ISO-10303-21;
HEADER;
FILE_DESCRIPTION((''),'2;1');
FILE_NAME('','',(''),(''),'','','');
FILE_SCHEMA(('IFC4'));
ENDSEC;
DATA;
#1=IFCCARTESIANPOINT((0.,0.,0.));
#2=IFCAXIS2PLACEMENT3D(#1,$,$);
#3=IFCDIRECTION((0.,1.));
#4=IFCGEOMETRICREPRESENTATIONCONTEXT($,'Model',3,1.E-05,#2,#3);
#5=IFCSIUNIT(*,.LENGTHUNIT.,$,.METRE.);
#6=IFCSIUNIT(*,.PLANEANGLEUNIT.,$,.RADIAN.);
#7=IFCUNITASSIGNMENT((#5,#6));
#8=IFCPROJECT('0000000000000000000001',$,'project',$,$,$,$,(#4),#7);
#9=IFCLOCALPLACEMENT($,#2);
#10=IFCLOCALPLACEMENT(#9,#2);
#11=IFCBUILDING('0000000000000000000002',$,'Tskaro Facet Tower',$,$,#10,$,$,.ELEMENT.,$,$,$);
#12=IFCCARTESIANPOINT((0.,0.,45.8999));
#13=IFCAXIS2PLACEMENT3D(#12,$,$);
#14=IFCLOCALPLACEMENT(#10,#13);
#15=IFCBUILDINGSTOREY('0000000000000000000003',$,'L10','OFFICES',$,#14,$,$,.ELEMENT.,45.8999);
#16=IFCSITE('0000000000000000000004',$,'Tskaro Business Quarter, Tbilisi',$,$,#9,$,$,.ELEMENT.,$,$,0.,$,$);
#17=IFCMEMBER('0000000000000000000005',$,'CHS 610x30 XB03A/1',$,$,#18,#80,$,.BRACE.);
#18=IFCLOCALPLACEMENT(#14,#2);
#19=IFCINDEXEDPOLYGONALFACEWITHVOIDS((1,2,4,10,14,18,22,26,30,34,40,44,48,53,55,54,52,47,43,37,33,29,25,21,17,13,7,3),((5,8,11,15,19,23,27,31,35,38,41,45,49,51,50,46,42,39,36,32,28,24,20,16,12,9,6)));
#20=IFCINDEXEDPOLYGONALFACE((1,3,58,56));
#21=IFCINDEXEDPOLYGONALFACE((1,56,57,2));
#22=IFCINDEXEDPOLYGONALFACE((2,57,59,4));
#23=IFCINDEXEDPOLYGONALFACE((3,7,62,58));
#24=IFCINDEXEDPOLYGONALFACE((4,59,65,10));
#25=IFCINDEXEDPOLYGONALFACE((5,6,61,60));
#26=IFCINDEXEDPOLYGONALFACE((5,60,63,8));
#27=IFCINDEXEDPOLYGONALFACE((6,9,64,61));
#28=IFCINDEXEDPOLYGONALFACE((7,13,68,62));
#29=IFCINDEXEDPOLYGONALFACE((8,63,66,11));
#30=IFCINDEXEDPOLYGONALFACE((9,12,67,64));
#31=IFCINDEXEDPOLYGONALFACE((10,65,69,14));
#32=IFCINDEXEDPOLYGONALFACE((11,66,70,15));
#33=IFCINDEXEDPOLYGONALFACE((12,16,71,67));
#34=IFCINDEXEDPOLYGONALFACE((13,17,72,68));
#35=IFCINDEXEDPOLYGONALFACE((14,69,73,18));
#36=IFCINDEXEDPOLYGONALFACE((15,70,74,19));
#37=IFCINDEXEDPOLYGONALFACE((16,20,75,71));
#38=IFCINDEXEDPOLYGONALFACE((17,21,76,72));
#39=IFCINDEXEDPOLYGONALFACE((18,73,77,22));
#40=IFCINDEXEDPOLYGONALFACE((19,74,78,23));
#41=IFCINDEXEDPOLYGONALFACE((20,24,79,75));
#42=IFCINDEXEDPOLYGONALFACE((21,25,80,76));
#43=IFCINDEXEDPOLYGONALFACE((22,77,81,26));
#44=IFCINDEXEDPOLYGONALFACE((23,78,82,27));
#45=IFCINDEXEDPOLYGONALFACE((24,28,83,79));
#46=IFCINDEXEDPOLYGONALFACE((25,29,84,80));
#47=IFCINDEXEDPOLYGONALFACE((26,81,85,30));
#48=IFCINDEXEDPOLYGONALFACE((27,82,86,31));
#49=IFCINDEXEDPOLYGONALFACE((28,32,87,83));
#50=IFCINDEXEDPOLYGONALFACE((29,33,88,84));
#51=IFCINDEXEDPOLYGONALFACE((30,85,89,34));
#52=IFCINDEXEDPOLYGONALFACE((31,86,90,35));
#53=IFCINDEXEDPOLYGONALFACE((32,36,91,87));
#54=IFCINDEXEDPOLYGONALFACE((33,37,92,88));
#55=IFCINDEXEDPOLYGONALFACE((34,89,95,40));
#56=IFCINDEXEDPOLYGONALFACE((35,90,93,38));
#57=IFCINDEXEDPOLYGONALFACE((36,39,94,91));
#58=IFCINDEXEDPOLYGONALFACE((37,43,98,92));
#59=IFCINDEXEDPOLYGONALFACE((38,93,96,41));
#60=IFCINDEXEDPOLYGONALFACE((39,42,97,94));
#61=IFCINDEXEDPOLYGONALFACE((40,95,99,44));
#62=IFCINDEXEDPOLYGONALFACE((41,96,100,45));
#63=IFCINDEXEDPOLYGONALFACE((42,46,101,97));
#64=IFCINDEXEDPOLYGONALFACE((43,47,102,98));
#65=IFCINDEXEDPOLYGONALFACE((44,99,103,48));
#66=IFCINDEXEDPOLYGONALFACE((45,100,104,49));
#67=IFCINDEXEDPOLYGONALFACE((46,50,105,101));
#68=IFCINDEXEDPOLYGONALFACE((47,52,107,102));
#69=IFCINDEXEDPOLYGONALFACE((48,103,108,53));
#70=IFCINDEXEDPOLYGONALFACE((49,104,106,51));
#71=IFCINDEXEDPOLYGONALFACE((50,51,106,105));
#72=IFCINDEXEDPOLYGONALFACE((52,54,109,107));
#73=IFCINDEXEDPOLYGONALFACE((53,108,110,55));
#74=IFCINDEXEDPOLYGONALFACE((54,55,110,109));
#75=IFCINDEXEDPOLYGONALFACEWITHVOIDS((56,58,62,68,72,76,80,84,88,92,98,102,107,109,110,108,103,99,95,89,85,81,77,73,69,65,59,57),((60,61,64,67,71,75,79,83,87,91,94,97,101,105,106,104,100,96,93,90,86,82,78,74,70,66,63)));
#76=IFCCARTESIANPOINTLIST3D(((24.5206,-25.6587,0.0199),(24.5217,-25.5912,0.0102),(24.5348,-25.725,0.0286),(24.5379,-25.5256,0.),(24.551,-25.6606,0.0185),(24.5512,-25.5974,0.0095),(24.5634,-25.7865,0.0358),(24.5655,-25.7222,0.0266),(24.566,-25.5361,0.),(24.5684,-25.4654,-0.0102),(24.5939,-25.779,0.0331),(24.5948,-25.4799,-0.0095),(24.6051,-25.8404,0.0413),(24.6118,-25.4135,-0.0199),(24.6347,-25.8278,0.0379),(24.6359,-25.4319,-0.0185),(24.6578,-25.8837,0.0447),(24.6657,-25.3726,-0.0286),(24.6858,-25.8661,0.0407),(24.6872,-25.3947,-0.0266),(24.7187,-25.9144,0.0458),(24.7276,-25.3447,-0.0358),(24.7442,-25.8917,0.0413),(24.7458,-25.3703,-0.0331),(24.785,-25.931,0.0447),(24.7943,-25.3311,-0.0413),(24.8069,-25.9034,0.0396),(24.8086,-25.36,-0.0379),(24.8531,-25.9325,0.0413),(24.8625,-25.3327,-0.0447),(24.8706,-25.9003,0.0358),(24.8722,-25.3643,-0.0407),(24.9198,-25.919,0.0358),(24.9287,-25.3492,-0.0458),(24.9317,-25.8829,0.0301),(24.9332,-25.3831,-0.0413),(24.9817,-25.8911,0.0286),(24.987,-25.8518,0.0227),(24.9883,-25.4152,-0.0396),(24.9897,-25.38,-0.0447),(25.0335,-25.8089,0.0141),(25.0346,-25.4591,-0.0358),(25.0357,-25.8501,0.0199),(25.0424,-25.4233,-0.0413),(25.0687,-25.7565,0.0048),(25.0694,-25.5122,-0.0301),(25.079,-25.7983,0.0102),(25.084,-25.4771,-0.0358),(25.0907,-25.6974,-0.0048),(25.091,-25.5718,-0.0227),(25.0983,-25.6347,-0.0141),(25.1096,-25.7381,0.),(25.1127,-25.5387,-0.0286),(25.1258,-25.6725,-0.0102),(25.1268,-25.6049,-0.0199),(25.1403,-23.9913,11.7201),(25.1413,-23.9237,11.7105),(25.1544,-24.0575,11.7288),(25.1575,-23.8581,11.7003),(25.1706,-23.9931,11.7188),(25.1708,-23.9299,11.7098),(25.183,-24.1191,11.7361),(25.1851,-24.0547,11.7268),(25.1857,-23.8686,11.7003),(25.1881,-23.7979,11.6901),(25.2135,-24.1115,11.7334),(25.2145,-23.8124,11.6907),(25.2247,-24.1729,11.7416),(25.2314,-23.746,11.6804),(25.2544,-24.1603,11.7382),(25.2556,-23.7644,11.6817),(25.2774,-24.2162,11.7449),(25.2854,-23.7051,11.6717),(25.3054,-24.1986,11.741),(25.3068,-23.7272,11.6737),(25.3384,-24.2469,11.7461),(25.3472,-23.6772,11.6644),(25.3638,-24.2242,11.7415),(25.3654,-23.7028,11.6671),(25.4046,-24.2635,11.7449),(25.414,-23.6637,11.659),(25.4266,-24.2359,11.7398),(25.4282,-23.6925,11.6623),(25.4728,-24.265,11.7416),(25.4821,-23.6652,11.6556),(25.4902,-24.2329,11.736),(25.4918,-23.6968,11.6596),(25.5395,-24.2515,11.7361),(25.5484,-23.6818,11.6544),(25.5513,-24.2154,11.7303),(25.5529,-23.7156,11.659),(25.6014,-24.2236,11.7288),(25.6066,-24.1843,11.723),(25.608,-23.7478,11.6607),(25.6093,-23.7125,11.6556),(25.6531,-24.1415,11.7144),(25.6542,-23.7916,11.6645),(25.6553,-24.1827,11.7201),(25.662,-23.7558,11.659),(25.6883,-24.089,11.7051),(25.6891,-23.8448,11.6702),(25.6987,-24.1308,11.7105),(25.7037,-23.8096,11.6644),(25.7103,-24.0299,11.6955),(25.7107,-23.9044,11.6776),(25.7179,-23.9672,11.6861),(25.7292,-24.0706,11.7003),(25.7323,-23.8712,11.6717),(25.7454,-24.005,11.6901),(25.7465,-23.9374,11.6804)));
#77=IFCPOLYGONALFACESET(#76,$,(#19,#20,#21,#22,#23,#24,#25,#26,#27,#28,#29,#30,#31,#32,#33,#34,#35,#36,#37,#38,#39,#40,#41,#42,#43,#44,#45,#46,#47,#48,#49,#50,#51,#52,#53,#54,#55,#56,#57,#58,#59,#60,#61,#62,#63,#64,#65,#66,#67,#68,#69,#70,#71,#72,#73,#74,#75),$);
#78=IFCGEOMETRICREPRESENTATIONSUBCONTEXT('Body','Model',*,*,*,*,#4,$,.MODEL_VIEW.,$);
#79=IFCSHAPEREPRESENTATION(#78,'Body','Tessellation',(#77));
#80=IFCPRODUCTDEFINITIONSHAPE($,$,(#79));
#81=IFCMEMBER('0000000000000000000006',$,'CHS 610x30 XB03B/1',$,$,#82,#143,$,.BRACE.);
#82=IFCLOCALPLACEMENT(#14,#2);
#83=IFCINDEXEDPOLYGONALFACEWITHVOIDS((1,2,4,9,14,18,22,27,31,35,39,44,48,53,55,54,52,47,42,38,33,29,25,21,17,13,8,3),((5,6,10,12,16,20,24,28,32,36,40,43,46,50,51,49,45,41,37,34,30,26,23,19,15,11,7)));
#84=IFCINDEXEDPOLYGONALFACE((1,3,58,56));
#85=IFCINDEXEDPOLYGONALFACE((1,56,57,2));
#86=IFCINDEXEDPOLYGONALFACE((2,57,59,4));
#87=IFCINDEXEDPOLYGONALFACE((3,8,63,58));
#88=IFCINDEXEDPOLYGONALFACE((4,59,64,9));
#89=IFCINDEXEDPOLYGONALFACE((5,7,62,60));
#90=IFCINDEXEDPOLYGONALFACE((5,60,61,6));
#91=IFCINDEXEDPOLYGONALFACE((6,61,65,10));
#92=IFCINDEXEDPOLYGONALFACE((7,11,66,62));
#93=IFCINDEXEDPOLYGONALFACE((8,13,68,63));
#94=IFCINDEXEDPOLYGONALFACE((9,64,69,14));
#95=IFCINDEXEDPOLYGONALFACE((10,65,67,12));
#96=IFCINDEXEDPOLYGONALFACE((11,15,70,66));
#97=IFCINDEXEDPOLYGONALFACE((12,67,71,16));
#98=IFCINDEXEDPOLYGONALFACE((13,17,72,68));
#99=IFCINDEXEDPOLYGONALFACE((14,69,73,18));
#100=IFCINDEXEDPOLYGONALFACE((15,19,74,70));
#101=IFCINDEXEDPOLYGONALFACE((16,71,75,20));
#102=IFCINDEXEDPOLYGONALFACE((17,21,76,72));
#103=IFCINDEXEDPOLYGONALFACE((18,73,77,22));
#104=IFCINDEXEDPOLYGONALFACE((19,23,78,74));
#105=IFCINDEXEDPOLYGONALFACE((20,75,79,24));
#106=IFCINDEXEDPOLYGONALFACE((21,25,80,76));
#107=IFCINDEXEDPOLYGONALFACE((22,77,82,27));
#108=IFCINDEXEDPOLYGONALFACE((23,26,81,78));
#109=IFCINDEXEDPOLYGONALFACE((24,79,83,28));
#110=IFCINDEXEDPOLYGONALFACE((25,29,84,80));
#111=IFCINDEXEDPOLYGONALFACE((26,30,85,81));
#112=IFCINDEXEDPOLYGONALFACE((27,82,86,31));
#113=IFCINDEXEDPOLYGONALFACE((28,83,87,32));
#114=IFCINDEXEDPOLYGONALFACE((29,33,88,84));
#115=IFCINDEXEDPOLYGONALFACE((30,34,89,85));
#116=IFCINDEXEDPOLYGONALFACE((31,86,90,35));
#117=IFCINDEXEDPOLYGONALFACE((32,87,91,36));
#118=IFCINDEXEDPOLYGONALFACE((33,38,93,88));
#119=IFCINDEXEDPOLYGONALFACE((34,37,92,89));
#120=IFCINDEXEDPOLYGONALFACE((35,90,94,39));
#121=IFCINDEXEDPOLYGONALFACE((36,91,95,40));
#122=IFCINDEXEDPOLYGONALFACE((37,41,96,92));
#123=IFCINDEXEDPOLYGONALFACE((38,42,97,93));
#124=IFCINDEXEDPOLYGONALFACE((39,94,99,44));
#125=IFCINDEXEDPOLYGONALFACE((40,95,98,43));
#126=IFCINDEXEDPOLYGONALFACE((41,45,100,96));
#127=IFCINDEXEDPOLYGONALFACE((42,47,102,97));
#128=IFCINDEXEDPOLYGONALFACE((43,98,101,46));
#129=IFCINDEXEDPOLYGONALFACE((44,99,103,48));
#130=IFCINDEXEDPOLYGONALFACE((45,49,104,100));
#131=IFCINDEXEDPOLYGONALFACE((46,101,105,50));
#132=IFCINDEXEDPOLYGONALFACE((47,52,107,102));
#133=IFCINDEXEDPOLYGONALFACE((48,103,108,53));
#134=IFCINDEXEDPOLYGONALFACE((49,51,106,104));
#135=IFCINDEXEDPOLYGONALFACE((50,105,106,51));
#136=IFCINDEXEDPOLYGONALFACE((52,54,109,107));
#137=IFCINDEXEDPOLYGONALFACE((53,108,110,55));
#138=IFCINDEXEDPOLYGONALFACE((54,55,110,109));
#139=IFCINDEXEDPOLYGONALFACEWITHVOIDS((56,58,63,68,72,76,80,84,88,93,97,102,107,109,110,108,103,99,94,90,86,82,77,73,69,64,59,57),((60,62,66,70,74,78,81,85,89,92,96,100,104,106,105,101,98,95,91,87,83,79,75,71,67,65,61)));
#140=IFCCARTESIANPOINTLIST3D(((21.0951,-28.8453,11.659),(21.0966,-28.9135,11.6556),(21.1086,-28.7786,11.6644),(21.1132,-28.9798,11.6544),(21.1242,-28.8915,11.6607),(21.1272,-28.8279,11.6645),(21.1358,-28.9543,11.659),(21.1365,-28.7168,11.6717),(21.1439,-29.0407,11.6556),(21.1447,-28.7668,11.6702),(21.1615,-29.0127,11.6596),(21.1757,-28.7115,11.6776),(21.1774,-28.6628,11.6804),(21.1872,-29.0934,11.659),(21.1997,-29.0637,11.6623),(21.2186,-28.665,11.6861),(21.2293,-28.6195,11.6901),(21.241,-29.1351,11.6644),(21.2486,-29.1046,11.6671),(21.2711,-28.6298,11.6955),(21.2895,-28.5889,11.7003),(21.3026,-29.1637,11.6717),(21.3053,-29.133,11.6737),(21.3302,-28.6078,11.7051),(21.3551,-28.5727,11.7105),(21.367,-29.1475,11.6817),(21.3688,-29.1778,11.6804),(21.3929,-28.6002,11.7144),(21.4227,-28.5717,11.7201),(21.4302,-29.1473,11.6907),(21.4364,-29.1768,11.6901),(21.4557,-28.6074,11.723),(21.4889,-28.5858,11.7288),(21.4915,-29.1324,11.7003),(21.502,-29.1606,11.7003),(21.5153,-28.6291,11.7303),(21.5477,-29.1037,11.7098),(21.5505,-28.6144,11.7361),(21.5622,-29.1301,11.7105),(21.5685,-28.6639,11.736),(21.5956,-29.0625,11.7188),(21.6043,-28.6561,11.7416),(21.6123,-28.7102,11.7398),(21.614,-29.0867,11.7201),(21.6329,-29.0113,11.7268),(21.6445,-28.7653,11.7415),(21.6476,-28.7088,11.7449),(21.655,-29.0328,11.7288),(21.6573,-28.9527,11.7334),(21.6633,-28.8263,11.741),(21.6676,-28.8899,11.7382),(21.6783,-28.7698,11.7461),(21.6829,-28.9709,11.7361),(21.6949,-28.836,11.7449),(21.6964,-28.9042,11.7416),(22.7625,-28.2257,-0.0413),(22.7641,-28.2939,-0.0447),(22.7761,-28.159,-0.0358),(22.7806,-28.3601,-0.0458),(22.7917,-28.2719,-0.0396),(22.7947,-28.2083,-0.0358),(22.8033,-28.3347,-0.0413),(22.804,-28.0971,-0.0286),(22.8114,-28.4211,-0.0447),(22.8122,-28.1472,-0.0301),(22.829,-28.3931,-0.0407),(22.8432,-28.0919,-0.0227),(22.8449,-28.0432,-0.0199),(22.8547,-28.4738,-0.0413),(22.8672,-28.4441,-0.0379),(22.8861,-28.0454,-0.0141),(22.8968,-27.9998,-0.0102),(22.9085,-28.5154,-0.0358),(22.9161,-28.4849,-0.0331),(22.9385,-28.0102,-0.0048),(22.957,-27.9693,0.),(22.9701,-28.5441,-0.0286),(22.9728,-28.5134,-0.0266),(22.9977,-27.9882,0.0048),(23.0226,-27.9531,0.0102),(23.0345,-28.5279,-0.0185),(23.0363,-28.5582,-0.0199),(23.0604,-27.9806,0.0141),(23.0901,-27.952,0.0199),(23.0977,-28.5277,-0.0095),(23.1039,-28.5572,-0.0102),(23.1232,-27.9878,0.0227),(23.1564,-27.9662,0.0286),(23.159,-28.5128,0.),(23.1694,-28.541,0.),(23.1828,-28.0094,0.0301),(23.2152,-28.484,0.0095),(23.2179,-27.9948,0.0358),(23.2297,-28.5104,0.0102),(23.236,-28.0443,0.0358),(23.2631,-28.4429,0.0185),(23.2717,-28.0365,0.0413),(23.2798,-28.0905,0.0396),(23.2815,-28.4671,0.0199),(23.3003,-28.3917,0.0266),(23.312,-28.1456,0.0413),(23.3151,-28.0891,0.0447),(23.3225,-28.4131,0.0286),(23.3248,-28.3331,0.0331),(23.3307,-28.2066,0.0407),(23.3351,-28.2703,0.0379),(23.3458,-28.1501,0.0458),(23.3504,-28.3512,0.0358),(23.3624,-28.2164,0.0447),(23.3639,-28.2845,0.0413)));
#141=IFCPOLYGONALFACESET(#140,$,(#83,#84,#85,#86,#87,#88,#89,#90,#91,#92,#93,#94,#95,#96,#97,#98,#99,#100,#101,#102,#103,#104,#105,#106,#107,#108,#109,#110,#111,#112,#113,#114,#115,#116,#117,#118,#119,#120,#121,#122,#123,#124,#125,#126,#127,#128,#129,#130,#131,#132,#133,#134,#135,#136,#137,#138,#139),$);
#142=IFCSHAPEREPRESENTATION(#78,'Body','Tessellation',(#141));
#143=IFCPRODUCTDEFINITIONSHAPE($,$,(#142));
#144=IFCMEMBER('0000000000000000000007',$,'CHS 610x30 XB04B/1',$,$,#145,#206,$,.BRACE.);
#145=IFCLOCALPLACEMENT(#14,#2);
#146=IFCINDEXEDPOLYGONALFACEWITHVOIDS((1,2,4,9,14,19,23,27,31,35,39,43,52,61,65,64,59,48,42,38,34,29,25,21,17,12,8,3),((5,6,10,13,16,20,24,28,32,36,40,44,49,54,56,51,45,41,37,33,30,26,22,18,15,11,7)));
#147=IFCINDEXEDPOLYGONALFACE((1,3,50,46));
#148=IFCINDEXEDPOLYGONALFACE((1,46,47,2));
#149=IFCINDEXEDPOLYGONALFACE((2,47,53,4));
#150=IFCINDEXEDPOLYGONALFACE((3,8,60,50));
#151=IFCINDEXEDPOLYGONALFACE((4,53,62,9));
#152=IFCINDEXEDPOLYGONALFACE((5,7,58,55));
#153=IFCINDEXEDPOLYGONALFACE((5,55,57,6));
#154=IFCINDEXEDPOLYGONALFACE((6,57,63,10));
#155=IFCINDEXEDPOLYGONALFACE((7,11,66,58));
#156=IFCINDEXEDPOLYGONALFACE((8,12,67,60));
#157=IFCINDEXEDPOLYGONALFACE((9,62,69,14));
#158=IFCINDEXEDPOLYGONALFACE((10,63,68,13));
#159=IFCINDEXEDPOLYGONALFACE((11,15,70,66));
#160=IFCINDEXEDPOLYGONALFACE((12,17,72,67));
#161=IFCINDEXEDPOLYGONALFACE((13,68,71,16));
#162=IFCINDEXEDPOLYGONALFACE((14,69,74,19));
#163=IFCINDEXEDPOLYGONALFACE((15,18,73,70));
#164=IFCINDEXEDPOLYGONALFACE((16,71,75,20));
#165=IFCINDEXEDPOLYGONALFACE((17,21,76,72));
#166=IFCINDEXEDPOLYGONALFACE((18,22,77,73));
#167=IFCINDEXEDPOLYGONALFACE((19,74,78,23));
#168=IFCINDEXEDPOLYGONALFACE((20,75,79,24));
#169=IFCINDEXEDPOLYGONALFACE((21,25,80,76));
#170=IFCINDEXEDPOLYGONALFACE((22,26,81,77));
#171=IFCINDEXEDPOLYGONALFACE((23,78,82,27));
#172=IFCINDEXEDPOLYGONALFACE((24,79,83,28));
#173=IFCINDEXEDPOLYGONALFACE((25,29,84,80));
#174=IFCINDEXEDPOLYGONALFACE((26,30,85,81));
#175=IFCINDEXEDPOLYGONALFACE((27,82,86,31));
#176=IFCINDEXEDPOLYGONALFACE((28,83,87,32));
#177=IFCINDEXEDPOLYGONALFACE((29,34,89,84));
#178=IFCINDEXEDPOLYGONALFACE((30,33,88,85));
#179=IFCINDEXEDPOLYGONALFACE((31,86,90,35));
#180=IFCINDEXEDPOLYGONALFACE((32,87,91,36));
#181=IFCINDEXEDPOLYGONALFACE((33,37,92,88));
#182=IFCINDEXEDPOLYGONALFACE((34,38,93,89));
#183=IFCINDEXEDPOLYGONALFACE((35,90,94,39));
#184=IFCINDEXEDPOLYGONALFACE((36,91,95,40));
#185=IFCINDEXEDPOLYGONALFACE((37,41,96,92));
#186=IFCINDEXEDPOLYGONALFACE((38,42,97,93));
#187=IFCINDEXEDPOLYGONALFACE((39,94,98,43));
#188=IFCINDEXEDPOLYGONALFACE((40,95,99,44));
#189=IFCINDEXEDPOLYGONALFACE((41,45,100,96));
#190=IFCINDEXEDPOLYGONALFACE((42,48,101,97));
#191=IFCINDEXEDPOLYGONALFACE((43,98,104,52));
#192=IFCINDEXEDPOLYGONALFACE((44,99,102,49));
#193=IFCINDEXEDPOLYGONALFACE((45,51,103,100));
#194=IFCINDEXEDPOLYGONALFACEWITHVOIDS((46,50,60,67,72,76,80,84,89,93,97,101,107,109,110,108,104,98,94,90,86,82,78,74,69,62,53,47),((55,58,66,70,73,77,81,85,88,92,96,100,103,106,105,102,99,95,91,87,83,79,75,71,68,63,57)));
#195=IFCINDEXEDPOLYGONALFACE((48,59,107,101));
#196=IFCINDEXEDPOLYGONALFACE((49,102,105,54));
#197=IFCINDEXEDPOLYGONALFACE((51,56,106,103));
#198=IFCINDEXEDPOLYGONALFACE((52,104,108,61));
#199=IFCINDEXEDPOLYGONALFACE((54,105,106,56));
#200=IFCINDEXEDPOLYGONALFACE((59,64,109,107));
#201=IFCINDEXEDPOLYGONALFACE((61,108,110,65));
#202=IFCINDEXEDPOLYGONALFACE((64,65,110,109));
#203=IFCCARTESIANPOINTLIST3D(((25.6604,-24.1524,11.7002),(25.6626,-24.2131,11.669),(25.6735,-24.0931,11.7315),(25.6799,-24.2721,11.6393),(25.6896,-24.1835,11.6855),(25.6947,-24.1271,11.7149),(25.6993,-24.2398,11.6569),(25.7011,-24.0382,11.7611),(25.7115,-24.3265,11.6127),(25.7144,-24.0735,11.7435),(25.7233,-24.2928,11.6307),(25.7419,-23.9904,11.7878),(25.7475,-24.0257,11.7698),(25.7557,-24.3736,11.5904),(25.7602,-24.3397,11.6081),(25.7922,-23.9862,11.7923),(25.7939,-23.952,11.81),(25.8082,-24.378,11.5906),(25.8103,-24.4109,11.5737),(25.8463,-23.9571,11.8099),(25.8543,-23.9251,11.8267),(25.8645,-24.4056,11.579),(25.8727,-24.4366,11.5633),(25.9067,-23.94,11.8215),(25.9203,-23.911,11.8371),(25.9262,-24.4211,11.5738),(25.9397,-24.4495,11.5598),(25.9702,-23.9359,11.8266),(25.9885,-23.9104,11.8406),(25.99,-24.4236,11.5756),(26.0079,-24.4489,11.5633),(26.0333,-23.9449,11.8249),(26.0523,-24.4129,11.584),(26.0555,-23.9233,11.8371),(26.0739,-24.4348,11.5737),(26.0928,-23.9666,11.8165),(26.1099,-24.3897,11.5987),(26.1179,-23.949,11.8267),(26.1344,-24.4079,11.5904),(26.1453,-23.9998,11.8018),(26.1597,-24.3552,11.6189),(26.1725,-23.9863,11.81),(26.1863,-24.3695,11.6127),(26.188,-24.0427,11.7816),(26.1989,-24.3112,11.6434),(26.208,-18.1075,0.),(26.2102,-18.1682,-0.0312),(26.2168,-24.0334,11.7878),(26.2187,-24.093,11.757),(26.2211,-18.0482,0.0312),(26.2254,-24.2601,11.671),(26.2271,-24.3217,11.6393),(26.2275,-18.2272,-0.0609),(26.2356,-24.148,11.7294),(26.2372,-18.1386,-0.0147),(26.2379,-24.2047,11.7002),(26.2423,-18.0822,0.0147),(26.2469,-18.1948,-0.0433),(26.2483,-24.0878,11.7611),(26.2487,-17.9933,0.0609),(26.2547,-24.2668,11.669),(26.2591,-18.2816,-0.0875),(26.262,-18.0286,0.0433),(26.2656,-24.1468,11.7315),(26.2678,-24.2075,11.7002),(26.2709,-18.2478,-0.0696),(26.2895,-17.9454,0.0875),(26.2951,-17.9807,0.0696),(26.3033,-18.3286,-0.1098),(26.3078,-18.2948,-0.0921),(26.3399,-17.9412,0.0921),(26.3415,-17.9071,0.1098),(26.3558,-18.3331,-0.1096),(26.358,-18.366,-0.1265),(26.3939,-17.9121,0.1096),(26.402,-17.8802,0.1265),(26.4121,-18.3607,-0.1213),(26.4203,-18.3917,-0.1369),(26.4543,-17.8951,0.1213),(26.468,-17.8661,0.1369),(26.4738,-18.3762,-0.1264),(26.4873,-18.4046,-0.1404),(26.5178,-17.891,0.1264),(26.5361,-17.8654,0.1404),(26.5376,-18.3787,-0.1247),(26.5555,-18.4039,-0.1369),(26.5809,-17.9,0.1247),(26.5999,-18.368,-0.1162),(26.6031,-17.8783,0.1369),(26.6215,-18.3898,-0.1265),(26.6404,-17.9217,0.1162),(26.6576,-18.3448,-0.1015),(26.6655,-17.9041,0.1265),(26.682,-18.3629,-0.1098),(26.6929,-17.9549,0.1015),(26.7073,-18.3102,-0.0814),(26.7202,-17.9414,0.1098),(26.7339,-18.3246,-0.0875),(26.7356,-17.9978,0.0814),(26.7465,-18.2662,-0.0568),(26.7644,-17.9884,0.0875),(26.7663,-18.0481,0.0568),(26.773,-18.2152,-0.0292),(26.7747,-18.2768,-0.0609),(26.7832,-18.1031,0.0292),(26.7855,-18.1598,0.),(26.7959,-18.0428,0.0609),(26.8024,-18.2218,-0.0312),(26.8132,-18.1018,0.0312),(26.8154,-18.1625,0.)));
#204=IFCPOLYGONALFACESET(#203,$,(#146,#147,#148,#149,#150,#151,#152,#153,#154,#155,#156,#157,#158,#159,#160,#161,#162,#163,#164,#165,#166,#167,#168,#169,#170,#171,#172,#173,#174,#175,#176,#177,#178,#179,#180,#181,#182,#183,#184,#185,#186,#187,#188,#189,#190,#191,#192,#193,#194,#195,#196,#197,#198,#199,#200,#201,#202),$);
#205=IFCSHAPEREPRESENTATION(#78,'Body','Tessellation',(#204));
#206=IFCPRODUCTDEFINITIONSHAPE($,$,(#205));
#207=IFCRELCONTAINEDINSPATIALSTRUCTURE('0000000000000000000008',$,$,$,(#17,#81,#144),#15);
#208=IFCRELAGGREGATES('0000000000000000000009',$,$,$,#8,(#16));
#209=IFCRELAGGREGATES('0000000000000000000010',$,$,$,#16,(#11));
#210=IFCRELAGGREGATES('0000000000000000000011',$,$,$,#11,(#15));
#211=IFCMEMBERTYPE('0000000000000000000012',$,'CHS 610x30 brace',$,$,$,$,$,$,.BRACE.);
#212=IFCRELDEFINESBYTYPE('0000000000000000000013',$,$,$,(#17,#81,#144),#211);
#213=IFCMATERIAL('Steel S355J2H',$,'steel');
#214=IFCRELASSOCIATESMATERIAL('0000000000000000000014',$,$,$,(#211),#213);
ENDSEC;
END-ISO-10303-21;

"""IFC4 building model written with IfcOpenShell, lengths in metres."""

from ifc_helpers import new_model, si_unit, direction, frame, origin, origin_2d, place, context, subcontext, project, spatial, hollow_circle, extrude, material, material_profile, profile_set, type_object, element, save


model = new_model("IFC4")

# Units and contexts
model_context = context("Model", 3, precision=1e-05, world=origin(), true_north=direction((0.0, 1.0)))
body_context = subcontext(model_context, "Body", "Model", "MODEL_VIEW")
ifc_project = project(units=[si_unit("LENGTHUNIT", "METRE"), si_unit("PLANEANGLEUNIT", "RADIAN")], contexts=[model_context])

# Site, building, storey
site_placement = place(None, origin())
site = spatial("IfcSite", under=ifc_project, at=site_placement, Name="Tskaro Business Quarter, Tbilisi", CompositionType="ELEMENT", RefElevation=0.0)
building_placement = place(site_placement, origin())
building = spatial("IfcBuilding", under=site, at=building_placement, Name="Tskaro Facet Tower", CompositionType="ELEMENT")
storey_placement = place(building_placement, frame((0.0, 0.0, 45.8999)))
storey = spatial("IfcBuildingStorey", under=building, at=storey_placement, Name="L10", Description="OFFICES", CompositionType="ELEMENT", Elevation=45.8999)

# Shared definitions
ifc_material_1 = material(Name="Steel S355J2H", Category="steel")

# Members
ifc_material_profile_1 = material_profile(ifc_material_1, hollow_circle(Radius=0.3049, WallThickness=0.03, at=origin_2d()), Name="CHS 610x30")
ifc_profile_set_1 = profile_set([ifc_material_profile_1], Name="Steel S355J2H")
member_type_1 = type_object("IfcMemberType", Name="CHS 610x30 brace", PredefinedType="BRACE", material=ifc_profile_set_1)
for number, where, z_axis, x_axis, name in (
    (1, (24.8237, -25.6318, 0.0), (0.052357, 0.140898, 0.988639), (-0.937374, 0.348324, 0.0), "CHS 610x30 XB03A/1"),
    (2, (23.0632, -28.2551, 0.0), (-0.140898, -0.052357, 0.988639), (0.348324, -0.937374, 0.0), "CHS 610x30 XB03B/1"),
):
    element("IfcMember", number, at=place(storey_placement, frame(where, z_axis=z_axis, x_axis=x_axis)), inside=storey, type_object=member_type_1, Name=name, PredefinedType="BRACE", context=body_context, shape_type="SweptSolid", body=[
        extrude(hollow_circle(Radius=0.3049, WallThickness=0.03, at=origin_2d()), origin(), (0.0, 0.0, 1.0), 11.8347),
    ])
member_1_placement = place(storey_placement, frame((26.5117, -18.135, 0.0), z_axis=(-0.041546, -0.458613, 0.887664), x_axis=(0.995922, -0.09022, 0.0)))
element("IfcMember", 3, at=member_1_placement, inside=storey, type_object=member_type_1, Name="CHS 610x30 XB04B/1", PredefinedType="BRACE", context=body_context, shape_type="SweptSolid", body=[
    extrude(hollow_circle(Radius=0.3049, WallThickness=0.03, at=origin_2d()), origin(), (0.0, 0.0, 1.0), 13.1809),
])

save(model, "model.ifc")
